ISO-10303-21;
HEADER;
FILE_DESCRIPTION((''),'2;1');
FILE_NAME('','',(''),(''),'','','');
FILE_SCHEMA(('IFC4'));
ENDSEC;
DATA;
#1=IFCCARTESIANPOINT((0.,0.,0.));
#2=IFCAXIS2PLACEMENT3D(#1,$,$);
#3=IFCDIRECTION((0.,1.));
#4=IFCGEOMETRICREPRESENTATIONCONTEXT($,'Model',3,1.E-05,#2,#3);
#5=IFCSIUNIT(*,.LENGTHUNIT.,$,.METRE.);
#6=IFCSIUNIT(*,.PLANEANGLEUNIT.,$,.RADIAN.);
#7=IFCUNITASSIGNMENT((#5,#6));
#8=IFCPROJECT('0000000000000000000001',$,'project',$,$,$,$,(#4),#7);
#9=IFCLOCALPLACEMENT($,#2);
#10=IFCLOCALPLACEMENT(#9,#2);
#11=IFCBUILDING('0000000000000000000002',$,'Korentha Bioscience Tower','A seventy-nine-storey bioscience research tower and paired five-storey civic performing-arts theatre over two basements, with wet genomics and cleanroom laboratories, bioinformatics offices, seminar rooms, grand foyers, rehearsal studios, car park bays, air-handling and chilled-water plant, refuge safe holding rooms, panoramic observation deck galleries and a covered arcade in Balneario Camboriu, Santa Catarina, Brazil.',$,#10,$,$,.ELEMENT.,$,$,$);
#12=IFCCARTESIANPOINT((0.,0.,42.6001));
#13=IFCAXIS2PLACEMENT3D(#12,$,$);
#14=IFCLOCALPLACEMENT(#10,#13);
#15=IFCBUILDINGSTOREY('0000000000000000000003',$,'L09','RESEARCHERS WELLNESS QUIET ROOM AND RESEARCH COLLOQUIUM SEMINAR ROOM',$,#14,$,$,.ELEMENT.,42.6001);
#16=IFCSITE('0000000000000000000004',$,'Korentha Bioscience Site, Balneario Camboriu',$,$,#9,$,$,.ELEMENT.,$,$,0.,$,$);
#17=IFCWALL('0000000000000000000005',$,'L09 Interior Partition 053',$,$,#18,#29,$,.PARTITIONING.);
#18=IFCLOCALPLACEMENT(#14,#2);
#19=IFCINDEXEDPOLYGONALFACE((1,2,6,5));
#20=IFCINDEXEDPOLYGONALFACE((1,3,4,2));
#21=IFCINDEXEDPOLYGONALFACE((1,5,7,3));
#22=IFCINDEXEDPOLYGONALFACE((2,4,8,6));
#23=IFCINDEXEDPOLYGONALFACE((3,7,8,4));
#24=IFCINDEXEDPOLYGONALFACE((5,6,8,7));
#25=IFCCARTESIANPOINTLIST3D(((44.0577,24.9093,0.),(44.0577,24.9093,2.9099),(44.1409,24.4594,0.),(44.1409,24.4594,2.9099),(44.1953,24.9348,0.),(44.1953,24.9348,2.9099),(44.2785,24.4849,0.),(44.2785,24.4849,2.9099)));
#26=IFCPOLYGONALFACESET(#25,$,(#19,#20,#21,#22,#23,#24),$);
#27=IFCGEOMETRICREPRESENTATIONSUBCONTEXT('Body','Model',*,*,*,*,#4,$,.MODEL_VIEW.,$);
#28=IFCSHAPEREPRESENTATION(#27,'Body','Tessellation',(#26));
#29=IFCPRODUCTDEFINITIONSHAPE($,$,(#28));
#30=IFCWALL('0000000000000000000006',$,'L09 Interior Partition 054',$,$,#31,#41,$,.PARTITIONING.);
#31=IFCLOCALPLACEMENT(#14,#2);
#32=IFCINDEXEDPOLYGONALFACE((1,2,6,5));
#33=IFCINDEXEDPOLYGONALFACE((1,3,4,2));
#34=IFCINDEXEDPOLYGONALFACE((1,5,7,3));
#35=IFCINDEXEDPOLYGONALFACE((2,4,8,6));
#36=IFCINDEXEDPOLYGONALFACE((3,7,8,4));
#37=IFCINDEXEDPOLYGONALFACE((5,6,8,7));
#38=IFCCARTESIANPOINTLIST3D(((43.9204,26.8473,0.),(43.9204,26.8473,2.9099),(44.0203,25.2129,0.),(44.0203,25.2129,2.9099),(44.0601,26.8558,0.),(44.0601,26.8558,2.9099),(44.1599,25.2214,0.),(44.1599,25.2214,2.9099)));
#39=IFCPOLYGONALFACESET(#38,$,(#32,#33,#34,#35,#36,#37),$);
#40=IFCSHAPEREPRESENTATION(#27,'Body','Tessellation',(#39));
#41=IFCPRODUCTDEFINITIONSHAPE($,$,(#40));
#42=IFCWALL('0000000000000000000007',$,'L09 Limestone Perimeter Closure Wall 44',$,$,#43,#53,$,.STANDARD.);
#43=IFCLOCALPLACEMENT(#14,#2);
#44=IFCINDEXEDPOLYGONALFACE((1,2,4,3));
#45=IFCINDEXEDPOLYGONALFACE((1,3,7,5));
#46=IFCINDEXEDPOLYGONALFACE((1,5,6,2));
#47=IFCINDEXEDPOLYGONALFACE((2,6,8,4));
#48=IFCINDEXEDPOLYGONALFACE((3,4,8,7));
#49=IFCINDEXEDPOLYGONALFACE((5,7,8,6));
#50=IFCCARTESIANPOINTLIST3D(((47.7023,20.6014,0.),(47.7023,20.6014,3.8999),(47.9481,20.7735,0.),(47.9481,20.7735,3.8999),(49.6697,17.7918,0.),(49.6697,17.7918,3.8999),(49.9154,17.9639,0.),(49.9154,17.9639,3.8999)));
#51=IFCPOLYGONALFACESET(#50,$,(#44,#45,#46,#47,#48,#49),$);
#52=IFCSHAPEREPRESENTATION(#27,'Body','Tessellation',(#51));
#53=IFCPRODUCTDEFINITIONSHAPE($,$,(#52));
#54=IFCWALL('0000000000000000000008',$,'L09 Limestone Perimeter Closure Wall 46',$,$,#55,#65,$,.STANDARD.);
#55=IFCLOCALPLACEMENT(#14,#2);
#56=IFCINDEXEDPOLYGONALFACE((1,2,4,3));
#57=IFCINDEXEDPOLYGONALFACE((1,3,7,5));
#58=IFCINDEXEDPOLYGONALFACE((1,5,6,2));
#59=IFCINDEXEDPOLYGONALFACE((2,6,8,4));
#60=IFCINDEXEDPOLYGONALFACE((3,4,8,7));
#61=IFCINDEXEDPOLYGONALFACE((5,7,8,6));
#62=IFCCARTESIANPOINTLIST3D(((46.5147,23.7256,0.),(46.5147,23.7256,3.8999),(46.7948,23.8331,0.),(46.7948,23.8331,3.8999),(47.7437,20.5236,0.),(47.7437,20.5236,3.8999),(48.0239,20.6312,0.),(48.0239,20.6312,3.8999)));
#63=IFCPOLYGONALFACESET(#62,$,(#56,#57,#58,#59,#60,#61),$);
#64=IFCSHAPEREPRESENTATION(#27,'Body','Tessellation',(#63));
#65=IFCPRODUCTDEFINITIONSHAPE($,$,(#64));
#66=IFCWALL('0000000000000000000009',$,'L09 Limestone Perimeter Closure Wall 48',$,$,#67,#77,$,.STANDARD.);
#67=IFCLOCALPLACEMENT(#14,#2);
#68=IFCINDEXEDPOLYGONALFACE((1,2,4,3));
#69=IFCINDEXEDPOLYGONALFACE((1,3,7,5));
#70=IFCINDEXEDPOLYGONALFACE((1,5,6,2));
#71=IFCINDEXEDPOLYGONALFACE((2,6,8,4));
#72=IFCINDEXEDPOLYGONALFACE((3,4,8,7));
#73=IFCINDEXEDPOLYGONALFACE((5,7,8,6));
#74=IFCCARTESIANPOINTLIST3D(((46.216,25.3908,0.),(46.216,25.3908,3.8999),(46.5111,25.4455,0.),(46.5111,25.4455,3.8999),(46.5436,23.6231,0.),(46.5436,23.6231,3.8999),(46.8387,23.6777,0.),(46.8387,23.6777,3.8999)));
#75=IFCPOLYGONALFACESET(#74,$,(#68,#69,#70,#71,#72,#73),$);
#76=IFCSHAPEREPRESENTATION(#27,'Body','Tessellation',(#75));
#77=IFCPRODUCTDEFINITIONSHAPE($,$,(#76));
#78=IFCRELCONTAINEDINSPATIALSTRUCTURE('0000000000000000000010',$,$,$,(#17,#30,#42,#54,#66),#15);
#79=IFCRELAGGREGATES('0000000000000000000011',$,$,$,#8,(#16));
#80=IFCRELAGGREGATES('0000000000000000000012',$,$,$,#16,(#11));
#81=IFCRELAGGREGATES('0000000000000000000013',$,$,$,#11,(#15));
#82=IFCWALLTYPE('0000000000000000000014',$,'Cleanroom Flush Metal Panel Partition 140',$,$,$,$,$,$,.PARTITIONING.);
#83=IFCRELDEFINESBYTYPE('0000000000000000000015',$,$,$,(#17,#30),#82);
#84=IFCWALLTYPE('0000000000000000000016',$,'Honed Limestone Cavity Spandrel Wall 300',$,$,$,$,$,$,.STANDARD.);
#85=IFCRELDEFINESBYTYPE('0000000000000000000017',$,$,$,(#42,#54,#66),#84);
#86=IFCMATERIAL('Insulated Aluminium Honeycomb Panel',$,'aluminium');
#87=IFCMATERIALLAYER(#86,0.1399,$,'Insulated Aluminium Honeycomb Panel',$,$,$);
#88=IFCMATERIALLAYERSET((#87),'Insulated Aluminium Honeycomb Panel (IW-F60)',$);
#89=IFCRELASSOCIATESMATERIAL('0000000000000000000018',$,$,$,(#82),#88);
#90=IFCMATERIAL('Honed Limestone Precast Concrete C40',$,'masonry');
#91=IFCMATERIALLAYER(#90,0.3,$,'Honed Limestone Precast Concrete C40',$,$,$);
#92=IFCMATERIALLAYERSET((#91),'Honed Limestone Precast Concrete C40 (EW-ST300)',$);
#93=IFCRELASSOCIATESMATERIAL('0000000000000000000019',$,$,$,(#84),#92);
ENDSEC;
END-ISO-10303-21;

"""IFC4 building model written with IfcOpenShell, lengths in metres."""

from ifc_helpers import new_model, si_unit, direction, frame, frame_2d, origin, place, context, subcontext, project, spatial, rectangle, extrude, material, layer, layer_set, type_object, element, save


model = new_model("IFC4")

# Units and contexts
model_context = context("Model", 3, precision=1e-05, world=origin(), true_north=direction((0.0, 1.0)))
body_context = subcontext(model_context, "Body", "Model", "MODEL_VIEW")
ifc_project = project(units=[si_unit("LENGTHUNIT", "METRE"), si_unit("PLANEANGLEUNIT", "RADIAN")], contexts=[model_context])

# Site, building, storey
site_placement = place(None, origin())
site = spatial("IfcSite", under=ifc_project, at=site_placement, Name="Korentha Bioscience Site, Balneario Camboriu", CompositionType="ELEMENT", RefElevation=0.0)
building_placement = place(site_placement, origin())
building = spatial("IfcBuilding", under=site, at=building_placement, Name="Korentha Bioscience Tower", Description="A seventy-nine-storey bioscience research tower and paired five-storey civic performing-arts theatre over two basements, with wet genomics and cleanroom laboratories, bioinformatics offices, seminar rooms, grand foyers, rehearsal studios, car park bays, air-handling and chilled-water plant, refuge safe holding rooms, panoramic observation deck galleries and a covered arcade in Balneario Camboriu, Santa Catarina, Brazil.", CompositionType="ELEMENT")
storey_placement = place(building_placement, frame((0.0, 0.0, 42.6001)))
storey = spatial("IfcBuildingStorey", under=building, at=storey_placement, Name="L09", Description="RESEARCHERS WELLNESS QUIET ROOM AND RESEARCH COLLOQUIUM SEMINAR ROOM", CompositionType="ELEMENT", Elevation=42.6001)

# Shared definitions
ifc_material_1 = material(Name="Insulated Aluminium Honeycomb Panel", Category="aluminium")
ifc_layer_1 = layer(ifc_material_1, 0.1399, Name="Insulated Aluminium Honeycomb Panel")
ifc_layer_set_1 = layer_set([ifc_layer_1], Name="Insulated Aluminium Honeycomb Panel (IW-F60)")
wall_type_1 = type_object("IfcWallType", Name="Cleanroom Flush Metal Panel Partition 140", PredefinedType="PARTITIONING", material=ifc_layer_set_1)

# Walls
wall_1_placement = place(storey_placement, frame((44.2097, 24.4722, 0.0), z_axis=(0.0, 0.0, 1.0), x_axis=(-0.181936, 0.98331, 0.0)))
element("IfcWall", 1, at=wall_1_placement, inside=storey, type_object=wall_type_1, Name="L09 Interior Partition 053", PredefinedType="PARTITIONING", context=body_context, shape_type="SweptSolid", body=[
    extrude(rectangle(XDim=0.4575, YDim=0.1399, at=frame_2d((0.2288, 0.0))), origin(), (0.0, 0.0, 1.0), 2.9099),
])
wall_2_placement = place(storey_placement, frame((44.0901, 25.217, 0.0), z_axis=(0.0, 0.0, 1.0), x_axis=(-0.060977, 0.998139, 0.0)))
element("IfcWall", 2, at=wall_2_placement, inside=storey, type_object=wall_type_1, Name="L09 Interior Partition 054", PredefinedType="PARTITIONING", context=body_context, shape_type="SweptSolid", body=[
    extrude(rectangle(XDim=1.6375, YDim=0.1399, at=frame_2d((0.8188, 0.0))), origin(), (0.0, 0.0, 1.0), 2.9099),
])

# Walls
ifc_material_2 = material(Name="Honed Limestone Precast Concrete C40", Category="masonry")
ifc_layer_2 = layer(ifc_material_2, 0.3, Name="Honed Limestone Precast Concrete C40")
ifc_layer_set_2 = layer_set([ifc_layer_2], Name="Honed Limestone Precast Concrete C40 (EW-ST300)")
wall_type_2 = type_object("IfcWallType", Name="Honed Limestone Cavity Spandrel Wall 300", PredefinedType="STANDARD", material=ifc_layer_set_2)
wall_3_placement = place(storey_placement, frame((49.7925, 17.8779, 0.0), z_axis=(0.0, 0.0, 1.0), x_axis=(-0.573577, 0.819152, 0.0)))
element("IfcWall", 3, at=wall_3_placement, inside=storey, type_object=wall_type_2, Name="L09 Limestone Perimeter Closure Wall 44", PredefinedType="STANDARD", context=body_context, shape_type="SweptSolid", body=[
    extrude(rectangle(XDim=3.4299, YDim=0.3, at=frame_2d((1.7148, 0.0))), origin(), (0.0, 0.0, 1.0), 3.8999),
])
wall_4_placement = place(storey_placement, frame((47.8838, 20.5774, 0.0), z_axis=(0.0, 0.0, 1.0), x_axis=(-0.358345, 0.933589, 0.0)))
element("IfcWall", 4, at=wall_4_placement, inside=storey, type_object=wall_type_2, Name="L09 Limestone Perimeter Closure Wall 46", PredefinedType="STANDARD", context=body_context, shape_type="SweptSolid", body=[
    extrude(rectangle(XDim=3.4297, YDim=0.3, at=frame_2d((1.7148, 0.0))), origin(), (0.0, 0.0, 1.0), 3.8999),
])
wall_5_placement = place(storey_placement, frame((46.6912, 23.6504, 0.0), z_axis=(0.0, 0.0, 1.0), x_axis=(-0.18223, 0.983256, 0.0)))
element("IfcWall", 5, at=wall_5_placement, inside=storey, type_object=wall_type_2, Name="L09 Limestone Perimeter Closure Wall 48", PredefinedType="STANDARD", context=body_context, shape_type="SweptSolid", body=[
    extrude(rectangle(XDim=1.7979, YDim=0.3, at=frame_2d((0.8989, 0.0))), origin(), (0.0, 0.0, 1.0), 3.8999),
])

save(model, "model.ifc")
